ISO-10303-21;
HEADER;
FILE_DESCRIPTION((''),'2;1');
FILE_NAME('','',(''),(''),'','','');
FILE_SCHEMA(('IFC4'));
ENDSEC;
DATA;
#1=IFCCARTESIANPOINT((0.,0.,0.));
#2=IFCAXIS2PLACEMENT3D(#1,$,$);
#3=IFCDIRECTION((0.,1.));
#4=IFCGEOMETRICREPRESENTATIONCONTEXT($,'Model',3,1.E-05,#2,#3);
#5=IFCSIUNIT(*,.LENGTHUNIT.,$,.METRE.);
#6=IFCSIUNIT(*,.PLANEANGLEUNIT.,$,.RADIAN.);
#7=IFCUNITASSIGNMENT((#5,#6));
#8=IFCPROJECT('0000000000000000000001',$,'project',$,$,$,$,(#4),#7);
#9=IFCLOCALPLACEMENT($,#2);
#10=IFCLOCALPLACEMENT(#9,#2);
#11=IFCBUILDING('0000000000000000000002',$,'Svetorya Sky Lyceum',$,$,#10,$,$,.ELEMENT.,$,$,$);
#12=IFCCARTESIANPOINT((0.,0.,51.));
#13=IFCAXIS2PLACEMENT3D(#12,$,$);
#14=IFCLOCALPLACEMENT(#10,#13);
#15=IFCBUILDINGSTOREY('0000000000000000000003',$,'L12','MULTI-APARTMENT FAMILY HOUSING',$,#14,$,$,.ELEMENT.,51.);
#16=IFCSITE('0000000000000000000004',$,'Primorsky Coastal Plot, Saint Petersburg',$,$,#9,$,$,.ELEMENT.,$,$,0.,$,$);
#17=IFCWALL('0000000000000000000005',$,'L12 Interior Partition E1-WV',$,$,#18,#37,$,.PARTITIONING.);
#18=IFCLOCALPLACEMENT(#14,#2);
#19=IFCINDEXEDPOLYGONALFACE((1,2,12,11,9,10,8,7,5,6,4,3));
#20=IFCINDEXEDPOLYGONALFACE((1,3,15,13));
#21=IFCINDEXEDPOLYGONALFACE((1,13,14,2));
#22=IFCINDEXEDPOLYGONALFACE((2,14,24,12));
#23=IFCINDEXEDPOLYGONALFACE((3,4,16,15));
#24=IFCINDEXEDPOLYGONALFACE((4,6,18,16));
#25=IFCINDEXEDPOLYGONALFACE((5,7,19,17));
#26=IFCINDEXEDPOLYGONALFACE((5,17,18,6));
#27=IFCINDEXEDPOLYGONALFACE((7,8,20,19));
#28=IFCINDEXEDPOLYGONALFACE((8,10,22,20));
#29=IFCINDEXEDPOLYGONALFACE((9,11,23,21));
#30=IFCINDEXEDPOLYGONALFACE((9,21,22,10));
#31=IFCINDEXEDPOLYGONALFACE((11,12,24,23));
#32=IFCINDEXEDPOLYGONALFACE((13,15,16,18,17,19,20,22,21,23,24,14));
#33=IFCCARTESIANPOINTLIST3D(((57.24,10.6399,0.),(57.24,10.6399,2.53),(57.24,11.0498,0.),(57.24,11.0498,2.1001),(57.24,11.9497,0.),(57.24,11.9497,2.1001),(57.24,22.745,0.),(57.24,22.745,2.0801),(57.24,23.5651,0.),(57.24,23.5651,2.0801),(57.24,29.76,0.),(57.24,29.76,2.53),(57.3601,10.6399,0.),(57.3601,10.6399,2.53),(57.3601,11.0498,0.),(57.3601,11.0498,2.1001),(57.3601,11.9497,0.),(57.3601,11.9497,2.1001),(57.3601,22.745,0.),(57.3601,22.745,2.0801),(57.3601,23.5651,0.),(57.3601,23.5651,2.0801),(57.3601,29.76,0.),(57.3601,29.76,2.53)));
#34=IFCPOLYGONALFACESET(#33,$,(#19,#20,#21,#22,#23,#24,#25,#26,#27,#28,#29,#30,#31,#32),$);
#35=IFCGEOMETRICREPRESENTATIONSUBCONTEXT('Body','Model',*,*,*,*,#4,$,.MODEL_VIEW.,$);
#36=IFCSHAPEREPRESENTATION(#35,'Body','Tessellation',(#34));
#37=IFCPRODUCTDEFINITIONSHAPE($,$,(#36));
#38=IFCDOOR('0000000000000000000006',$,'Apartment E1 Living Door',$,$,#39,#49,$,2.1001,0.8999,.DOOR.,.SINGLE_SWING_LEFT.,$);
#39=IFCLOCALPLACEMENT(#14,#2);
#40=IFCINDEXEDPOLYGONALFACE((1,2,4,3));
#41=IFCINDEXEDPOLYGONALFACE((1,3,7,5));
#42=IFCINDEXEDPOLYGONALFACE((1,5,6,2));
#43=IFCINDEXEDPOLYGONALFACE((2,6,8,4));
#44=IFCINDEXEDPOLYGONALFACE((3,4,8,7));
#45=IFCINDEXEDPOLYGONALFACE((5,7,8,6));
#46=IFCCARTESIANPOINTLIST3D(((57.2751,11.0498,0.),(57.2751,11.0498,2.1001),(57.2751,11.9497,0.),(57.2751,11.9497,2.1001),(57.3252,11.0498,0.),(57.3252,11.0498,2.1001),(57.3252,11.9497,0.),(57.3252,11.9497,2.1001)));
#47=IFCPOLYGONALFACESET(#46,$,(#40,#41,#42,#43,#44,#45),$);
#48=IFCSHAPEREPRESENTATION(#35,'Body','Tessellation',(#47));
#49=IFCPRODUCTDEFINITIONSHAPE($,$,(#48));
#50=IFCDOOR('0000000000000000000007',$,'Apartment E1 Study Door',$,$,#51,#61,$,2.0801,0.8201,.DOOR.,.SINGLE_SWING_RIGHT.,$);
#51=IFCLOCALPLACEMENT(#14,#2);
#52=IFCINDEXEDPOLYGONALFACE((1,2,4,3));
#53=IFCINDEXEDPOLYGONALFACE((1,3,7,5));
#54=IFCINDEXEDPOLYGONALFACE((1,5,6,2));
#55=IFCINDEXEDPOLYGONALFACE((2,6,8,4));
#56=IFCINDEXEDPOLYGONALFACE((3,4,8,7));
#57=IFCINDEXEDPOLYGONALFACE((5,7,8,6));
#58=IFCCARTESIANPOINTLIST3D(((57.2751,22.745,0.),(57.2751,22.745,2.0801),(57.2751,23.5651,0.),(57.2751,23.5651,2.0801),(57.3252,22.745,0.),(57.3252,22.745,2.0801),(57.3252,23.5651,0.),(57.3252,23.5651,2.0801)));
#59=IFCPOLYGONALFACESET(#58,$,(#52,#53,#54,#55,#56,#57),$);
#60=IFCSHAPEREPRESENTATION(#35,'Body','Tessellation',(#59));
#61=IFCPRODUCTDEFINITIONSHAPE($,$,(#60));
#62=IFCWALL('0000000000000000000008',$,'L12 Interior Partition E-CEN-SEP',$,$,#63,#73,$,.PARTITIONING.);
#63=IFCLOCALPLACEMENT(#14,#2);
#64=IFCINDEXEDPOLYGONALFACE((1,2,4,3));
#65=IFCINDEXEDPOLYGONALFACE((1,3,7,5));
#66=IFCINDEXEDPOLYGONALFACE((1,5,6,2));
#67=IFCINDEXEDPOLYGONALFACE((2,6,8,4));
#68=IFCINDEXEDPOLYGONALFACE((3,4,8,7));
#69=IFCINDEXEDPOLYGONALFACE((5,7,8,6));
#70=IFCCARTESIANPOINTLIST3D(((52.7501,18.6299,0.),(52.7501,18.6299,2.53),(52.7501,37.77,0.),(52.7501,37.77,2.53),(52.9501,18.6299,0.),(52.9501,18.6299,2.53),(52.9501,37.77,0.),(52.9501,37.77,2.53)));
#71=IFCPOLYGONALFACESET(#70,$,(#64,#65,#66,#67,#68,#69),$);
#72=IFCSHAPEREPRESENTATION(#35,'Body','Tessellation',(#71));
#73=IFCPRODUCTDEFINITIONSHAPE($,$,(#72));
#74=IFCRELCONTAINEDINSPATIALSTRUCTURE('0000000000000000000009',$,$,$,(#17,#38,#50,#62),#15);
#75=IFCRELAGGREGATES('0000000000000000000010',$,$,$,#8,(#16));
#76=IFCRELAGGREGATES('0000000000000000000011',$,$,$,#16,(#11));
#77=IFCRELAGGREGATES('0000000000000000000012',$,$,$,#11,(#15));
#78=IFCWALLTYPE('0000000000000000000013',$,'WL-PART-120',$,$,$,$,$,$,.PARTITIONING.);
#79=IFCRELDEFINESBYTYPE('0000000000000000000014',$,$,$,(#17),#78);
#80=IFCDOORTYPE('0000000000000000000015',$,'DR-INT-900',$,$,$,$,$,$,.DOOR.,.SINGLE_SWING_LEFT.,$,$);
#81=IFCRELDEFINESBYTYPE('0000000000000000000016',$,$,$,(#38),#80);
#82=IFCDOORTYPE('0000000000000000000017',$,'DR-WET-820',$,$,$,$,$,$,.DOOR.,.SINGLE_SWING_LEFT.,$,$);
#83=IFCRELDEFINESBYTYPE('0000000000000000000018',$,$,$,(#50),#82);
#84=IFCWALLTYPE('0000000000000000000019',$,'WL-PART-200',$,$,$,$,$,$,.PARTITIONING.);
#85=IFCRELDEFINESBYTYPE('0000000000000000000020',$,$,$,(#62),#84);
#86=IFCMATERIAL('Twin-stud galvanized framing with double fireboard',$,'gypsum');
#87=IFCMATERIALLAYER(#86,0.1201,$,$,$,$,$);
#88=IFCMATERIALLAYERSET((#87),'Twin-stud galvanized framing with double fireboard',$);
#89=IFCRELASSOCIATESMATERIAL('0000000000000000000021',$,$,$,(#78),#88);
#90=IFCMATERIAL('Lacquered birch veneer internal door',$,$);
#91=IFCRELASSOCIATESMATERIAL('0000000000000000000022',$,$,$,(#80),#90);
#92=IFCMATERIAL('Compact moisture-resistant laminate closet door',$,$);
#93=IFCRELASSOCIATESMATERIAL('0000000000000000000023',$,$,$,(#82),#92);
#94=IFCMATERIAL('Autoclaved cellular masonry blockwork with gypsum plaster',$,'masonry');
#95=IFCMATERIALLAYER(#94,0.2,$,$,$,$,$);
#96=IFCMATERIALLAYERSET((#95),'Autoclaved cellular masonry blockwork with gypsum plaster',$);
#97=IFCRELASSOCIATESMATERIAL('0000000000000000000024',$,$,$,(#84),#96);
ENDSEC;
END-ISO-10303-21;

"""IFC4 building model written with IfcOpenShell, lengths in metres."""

from ifc_helpers import new_model, si_unit, direction, frame, frame_2d, origin, place, context, subcontext, project, spatial, rectangle, extrude, material, layer, layer_set, type_object, element, fill, save


model = new_model("IFC4")

# Units and contexts
model_context = context("Model", 3, precision=1e-05, world=origin(), true_north=direction((0.0, 1.0)))
body_context = subcontext(model_context, "Body", "Model", "MODEL_VIEW")
ifc_project = project(units=[si_unit("LENGTHUNIT", "METRE"), si_unit("PLANEANGLEUNIT", "RADIAN")], contexts=[model_context])

# Site, building, storey
site_placement = place(None, origin())
site = spatial("IfcSite", under=ifc_project, at=site_placement, Name="Primorsky Coastal Plot, Saint Petersburg", CompositionType="ELEMENT", RefElevation=0.0)
building_placement = place(site_placement, origin())
building = spatial("IfcBuilding", under=site, at=building_placement, Name="Svetorya Sky Lyceum", CompositionType="ELEMENT")
storey_placement = place(building_placement, frame((0.0, 0.0, 51.0)))
storey = spatial("IfcBuildingStorey", under=building, at=storey_placement, Name="L12", Description="MULTI-APARTMENT FAMILY HOUSING", CompositionType="ELEMENT", Elevation=51.0)

# Shared definitions
ifc_material_1 = material(Name="Twin-stud galvanized framing with double fireboard", Category="gypsum")
ifc_layer_1 = layer(ifc_material_1, 0.1201)
ifc_layer_set_1 = layer_set([ifc_layer_1], Name="Twin-stud galvanized framing with double fireboard")
wall_type_1 = type_object("IfcWallType", Name="WL-PART-120", PredefinedType="PARTITIONING", material=ifc_layer_set_1)

# Shared definitions
ifc_material_2 = material(Name="Lacquered birch veneer internal door")
door_type_1 = type_object("IfcDoorType", Name="DR-INT-900", OperationType="SINGLE_SWING_LEFT", PredefinedType="DOOR", material=ifc_material_2)

# Wall, openings, doors
wall_1_placement = place(storey_placement, frame((57.3, 10.6399, 0.0), z_axis=(0.0, 0.0, 1.0), x_axis=(0.0, 1.0, 0.0)))
wall_1 = element("IfcWall", 1, at=wall_1_placement, inside=storey, type_object=wall_type_1, Name="L12 Interior Partition E1-WV", PredefinedType="PARTITIONING", context=body_context, shape_type="SweptSolid", body=[
    extrude(rectangle(XDim=19.1201, YDim=0.1201, at=frame_2d((9.5601, 0.0))), origin(), (0.0, 0.0, 1.0), 2.53),
])
opening_1_placement = place(wall_1_placement, frame((0.4099, 0.0, 0.0)))
opening_1 = element("IfcOpeningElement", 2, at=opening_1_placement, cuts=wall_1, PredefinedType="OPENING", context=body_context, shape_type="SweptSolid", body=[
    extrude(rectangle(XDim=0.8999, YDim=2.1001, at=frame_2d((0.45, 1.05))), frame((0.0, 0.0701, 0.0), z_axis=(0.0, -1.0, 0.0), x_axis=(1.0, 0.0, 0.0)), (0.0, 0.0, 1.0), 0.1401),
])
opening_2_placement = place(wall_1_placement, frame((12.105, 0.0, 0.0)))
opening_2 = element("IfcOpeningElement", 3, at=opening_2_placement, cuts=wall_1, PredefinedType="OPENING", context=body_context, shape_type="SweptSolid", body=[
    extrude(rectangle(XDim=0.8201, YDim=2.0801, at=frame_2d((0.4102, 1.04))), frame((0.0, 0.0701, 0.0), z_axis=(0.0, -1.0, 0.0), x_axis=(1.0, 0.0, 0.0)), (0.0, 0.0, 1.0), 0.1401),
])
door_1_placement = place(opening_1_placement, origin())
door_1 = element("IfcDoor", 4, at=door_1_placement, inside=storey, type_object=door_type_1, Name="Apartment E1 Living Door", OperationType="SINGLE_SWING_LEFT", OverallHeight=2.1001, OverallWidth=0.8999, PredefinedType="DOOR", context=body_context, shape_type="SweptSolid", body=[
    extrude(rectangle(XDim=0.8999, YDim=2.1001, at=frame_2d((0.45, 1.05))), frame((0.0, 0.0249, 0.0), z_axis=(0.0, -1.0, 0.0), x_axis=(1.0, 0.0, 0.0)), (0.0, 0.0, 1.0), 0.05),
])
fill(opening_1, door_1)
ifc_material_3 = material(Name="Compact moisture-resistant laminate closet door")
door_type_2 = type_object("IfcDoorType", Name="DR-WET-820", OperationType="SINGLE_SWING_LEFT", PredefinedType="DOOR", material=ifc_material_3)
door_2_placement = place(opening_2_placement, origin())
door_2 = element("IfcDoor", 5, at=door_2_placement, inside=storey, type_object=door_type_2, Name="Apartment E1 Study Door", OperationType="SINGLE_SWING_RIGHT", OverallHeight=2.0801, OverallWidth=0.8201, PredefinedType="DOOR", context=body_context, shape_type="SweptSolid", body=[
    extrude(rectangle(XDim=0.8201, YDim=2.0801, at=frame_2d((0.4102, 1.04))), frame((0.0, 0.0249, 0.0), z_axis=(0.0, -1.0, 0.0), x_axis=(1.0, 0.0, 0.0)), (0.0, 0.0, 1.0), 0.05),
])
fill(opening_2, door_2)

# Wall
ifc_material_4 = material(Name="Autoclaved cellular masonry blockwork with gypsum plaster", Category="masonry")
ifc_layer_2 = layer(ifc_material_4, 0.2)
ifc_layer_set_2 = layer_set([ifc_layer_2], Name="Autoclaved cellular masonry blockwork with gypsum plaster")
wall_type_2 = type_object("IfcWallType", Name="WL-PART-200", PredefinedType="PARTITIONING", material=ifc_layer_set_2)
wall_2_placement = place(storey_placement, frame((52.8501, 18.6299, 0.0), z_axis=(0.0, 0.0, 1.0), x_axis=(0.0, 1.0, 0.0)))
element("IfcWall", 6, at=wall_2_placement, inside=storey, type_object=wall_type_2, Name="L12 Interior Partition E-CEN-SEP", PredefinedType="PARTITIONING", context=body_context, shape_type="SweptSolid", body=[
    extrude(rectangle(XDim=19.1401, YDim=0.2, at=frame_2d((9.5701, 0.0))), origin(), (0.0, 0.0, 1.0), 2.53),
])

save(model, "model.ifc")
